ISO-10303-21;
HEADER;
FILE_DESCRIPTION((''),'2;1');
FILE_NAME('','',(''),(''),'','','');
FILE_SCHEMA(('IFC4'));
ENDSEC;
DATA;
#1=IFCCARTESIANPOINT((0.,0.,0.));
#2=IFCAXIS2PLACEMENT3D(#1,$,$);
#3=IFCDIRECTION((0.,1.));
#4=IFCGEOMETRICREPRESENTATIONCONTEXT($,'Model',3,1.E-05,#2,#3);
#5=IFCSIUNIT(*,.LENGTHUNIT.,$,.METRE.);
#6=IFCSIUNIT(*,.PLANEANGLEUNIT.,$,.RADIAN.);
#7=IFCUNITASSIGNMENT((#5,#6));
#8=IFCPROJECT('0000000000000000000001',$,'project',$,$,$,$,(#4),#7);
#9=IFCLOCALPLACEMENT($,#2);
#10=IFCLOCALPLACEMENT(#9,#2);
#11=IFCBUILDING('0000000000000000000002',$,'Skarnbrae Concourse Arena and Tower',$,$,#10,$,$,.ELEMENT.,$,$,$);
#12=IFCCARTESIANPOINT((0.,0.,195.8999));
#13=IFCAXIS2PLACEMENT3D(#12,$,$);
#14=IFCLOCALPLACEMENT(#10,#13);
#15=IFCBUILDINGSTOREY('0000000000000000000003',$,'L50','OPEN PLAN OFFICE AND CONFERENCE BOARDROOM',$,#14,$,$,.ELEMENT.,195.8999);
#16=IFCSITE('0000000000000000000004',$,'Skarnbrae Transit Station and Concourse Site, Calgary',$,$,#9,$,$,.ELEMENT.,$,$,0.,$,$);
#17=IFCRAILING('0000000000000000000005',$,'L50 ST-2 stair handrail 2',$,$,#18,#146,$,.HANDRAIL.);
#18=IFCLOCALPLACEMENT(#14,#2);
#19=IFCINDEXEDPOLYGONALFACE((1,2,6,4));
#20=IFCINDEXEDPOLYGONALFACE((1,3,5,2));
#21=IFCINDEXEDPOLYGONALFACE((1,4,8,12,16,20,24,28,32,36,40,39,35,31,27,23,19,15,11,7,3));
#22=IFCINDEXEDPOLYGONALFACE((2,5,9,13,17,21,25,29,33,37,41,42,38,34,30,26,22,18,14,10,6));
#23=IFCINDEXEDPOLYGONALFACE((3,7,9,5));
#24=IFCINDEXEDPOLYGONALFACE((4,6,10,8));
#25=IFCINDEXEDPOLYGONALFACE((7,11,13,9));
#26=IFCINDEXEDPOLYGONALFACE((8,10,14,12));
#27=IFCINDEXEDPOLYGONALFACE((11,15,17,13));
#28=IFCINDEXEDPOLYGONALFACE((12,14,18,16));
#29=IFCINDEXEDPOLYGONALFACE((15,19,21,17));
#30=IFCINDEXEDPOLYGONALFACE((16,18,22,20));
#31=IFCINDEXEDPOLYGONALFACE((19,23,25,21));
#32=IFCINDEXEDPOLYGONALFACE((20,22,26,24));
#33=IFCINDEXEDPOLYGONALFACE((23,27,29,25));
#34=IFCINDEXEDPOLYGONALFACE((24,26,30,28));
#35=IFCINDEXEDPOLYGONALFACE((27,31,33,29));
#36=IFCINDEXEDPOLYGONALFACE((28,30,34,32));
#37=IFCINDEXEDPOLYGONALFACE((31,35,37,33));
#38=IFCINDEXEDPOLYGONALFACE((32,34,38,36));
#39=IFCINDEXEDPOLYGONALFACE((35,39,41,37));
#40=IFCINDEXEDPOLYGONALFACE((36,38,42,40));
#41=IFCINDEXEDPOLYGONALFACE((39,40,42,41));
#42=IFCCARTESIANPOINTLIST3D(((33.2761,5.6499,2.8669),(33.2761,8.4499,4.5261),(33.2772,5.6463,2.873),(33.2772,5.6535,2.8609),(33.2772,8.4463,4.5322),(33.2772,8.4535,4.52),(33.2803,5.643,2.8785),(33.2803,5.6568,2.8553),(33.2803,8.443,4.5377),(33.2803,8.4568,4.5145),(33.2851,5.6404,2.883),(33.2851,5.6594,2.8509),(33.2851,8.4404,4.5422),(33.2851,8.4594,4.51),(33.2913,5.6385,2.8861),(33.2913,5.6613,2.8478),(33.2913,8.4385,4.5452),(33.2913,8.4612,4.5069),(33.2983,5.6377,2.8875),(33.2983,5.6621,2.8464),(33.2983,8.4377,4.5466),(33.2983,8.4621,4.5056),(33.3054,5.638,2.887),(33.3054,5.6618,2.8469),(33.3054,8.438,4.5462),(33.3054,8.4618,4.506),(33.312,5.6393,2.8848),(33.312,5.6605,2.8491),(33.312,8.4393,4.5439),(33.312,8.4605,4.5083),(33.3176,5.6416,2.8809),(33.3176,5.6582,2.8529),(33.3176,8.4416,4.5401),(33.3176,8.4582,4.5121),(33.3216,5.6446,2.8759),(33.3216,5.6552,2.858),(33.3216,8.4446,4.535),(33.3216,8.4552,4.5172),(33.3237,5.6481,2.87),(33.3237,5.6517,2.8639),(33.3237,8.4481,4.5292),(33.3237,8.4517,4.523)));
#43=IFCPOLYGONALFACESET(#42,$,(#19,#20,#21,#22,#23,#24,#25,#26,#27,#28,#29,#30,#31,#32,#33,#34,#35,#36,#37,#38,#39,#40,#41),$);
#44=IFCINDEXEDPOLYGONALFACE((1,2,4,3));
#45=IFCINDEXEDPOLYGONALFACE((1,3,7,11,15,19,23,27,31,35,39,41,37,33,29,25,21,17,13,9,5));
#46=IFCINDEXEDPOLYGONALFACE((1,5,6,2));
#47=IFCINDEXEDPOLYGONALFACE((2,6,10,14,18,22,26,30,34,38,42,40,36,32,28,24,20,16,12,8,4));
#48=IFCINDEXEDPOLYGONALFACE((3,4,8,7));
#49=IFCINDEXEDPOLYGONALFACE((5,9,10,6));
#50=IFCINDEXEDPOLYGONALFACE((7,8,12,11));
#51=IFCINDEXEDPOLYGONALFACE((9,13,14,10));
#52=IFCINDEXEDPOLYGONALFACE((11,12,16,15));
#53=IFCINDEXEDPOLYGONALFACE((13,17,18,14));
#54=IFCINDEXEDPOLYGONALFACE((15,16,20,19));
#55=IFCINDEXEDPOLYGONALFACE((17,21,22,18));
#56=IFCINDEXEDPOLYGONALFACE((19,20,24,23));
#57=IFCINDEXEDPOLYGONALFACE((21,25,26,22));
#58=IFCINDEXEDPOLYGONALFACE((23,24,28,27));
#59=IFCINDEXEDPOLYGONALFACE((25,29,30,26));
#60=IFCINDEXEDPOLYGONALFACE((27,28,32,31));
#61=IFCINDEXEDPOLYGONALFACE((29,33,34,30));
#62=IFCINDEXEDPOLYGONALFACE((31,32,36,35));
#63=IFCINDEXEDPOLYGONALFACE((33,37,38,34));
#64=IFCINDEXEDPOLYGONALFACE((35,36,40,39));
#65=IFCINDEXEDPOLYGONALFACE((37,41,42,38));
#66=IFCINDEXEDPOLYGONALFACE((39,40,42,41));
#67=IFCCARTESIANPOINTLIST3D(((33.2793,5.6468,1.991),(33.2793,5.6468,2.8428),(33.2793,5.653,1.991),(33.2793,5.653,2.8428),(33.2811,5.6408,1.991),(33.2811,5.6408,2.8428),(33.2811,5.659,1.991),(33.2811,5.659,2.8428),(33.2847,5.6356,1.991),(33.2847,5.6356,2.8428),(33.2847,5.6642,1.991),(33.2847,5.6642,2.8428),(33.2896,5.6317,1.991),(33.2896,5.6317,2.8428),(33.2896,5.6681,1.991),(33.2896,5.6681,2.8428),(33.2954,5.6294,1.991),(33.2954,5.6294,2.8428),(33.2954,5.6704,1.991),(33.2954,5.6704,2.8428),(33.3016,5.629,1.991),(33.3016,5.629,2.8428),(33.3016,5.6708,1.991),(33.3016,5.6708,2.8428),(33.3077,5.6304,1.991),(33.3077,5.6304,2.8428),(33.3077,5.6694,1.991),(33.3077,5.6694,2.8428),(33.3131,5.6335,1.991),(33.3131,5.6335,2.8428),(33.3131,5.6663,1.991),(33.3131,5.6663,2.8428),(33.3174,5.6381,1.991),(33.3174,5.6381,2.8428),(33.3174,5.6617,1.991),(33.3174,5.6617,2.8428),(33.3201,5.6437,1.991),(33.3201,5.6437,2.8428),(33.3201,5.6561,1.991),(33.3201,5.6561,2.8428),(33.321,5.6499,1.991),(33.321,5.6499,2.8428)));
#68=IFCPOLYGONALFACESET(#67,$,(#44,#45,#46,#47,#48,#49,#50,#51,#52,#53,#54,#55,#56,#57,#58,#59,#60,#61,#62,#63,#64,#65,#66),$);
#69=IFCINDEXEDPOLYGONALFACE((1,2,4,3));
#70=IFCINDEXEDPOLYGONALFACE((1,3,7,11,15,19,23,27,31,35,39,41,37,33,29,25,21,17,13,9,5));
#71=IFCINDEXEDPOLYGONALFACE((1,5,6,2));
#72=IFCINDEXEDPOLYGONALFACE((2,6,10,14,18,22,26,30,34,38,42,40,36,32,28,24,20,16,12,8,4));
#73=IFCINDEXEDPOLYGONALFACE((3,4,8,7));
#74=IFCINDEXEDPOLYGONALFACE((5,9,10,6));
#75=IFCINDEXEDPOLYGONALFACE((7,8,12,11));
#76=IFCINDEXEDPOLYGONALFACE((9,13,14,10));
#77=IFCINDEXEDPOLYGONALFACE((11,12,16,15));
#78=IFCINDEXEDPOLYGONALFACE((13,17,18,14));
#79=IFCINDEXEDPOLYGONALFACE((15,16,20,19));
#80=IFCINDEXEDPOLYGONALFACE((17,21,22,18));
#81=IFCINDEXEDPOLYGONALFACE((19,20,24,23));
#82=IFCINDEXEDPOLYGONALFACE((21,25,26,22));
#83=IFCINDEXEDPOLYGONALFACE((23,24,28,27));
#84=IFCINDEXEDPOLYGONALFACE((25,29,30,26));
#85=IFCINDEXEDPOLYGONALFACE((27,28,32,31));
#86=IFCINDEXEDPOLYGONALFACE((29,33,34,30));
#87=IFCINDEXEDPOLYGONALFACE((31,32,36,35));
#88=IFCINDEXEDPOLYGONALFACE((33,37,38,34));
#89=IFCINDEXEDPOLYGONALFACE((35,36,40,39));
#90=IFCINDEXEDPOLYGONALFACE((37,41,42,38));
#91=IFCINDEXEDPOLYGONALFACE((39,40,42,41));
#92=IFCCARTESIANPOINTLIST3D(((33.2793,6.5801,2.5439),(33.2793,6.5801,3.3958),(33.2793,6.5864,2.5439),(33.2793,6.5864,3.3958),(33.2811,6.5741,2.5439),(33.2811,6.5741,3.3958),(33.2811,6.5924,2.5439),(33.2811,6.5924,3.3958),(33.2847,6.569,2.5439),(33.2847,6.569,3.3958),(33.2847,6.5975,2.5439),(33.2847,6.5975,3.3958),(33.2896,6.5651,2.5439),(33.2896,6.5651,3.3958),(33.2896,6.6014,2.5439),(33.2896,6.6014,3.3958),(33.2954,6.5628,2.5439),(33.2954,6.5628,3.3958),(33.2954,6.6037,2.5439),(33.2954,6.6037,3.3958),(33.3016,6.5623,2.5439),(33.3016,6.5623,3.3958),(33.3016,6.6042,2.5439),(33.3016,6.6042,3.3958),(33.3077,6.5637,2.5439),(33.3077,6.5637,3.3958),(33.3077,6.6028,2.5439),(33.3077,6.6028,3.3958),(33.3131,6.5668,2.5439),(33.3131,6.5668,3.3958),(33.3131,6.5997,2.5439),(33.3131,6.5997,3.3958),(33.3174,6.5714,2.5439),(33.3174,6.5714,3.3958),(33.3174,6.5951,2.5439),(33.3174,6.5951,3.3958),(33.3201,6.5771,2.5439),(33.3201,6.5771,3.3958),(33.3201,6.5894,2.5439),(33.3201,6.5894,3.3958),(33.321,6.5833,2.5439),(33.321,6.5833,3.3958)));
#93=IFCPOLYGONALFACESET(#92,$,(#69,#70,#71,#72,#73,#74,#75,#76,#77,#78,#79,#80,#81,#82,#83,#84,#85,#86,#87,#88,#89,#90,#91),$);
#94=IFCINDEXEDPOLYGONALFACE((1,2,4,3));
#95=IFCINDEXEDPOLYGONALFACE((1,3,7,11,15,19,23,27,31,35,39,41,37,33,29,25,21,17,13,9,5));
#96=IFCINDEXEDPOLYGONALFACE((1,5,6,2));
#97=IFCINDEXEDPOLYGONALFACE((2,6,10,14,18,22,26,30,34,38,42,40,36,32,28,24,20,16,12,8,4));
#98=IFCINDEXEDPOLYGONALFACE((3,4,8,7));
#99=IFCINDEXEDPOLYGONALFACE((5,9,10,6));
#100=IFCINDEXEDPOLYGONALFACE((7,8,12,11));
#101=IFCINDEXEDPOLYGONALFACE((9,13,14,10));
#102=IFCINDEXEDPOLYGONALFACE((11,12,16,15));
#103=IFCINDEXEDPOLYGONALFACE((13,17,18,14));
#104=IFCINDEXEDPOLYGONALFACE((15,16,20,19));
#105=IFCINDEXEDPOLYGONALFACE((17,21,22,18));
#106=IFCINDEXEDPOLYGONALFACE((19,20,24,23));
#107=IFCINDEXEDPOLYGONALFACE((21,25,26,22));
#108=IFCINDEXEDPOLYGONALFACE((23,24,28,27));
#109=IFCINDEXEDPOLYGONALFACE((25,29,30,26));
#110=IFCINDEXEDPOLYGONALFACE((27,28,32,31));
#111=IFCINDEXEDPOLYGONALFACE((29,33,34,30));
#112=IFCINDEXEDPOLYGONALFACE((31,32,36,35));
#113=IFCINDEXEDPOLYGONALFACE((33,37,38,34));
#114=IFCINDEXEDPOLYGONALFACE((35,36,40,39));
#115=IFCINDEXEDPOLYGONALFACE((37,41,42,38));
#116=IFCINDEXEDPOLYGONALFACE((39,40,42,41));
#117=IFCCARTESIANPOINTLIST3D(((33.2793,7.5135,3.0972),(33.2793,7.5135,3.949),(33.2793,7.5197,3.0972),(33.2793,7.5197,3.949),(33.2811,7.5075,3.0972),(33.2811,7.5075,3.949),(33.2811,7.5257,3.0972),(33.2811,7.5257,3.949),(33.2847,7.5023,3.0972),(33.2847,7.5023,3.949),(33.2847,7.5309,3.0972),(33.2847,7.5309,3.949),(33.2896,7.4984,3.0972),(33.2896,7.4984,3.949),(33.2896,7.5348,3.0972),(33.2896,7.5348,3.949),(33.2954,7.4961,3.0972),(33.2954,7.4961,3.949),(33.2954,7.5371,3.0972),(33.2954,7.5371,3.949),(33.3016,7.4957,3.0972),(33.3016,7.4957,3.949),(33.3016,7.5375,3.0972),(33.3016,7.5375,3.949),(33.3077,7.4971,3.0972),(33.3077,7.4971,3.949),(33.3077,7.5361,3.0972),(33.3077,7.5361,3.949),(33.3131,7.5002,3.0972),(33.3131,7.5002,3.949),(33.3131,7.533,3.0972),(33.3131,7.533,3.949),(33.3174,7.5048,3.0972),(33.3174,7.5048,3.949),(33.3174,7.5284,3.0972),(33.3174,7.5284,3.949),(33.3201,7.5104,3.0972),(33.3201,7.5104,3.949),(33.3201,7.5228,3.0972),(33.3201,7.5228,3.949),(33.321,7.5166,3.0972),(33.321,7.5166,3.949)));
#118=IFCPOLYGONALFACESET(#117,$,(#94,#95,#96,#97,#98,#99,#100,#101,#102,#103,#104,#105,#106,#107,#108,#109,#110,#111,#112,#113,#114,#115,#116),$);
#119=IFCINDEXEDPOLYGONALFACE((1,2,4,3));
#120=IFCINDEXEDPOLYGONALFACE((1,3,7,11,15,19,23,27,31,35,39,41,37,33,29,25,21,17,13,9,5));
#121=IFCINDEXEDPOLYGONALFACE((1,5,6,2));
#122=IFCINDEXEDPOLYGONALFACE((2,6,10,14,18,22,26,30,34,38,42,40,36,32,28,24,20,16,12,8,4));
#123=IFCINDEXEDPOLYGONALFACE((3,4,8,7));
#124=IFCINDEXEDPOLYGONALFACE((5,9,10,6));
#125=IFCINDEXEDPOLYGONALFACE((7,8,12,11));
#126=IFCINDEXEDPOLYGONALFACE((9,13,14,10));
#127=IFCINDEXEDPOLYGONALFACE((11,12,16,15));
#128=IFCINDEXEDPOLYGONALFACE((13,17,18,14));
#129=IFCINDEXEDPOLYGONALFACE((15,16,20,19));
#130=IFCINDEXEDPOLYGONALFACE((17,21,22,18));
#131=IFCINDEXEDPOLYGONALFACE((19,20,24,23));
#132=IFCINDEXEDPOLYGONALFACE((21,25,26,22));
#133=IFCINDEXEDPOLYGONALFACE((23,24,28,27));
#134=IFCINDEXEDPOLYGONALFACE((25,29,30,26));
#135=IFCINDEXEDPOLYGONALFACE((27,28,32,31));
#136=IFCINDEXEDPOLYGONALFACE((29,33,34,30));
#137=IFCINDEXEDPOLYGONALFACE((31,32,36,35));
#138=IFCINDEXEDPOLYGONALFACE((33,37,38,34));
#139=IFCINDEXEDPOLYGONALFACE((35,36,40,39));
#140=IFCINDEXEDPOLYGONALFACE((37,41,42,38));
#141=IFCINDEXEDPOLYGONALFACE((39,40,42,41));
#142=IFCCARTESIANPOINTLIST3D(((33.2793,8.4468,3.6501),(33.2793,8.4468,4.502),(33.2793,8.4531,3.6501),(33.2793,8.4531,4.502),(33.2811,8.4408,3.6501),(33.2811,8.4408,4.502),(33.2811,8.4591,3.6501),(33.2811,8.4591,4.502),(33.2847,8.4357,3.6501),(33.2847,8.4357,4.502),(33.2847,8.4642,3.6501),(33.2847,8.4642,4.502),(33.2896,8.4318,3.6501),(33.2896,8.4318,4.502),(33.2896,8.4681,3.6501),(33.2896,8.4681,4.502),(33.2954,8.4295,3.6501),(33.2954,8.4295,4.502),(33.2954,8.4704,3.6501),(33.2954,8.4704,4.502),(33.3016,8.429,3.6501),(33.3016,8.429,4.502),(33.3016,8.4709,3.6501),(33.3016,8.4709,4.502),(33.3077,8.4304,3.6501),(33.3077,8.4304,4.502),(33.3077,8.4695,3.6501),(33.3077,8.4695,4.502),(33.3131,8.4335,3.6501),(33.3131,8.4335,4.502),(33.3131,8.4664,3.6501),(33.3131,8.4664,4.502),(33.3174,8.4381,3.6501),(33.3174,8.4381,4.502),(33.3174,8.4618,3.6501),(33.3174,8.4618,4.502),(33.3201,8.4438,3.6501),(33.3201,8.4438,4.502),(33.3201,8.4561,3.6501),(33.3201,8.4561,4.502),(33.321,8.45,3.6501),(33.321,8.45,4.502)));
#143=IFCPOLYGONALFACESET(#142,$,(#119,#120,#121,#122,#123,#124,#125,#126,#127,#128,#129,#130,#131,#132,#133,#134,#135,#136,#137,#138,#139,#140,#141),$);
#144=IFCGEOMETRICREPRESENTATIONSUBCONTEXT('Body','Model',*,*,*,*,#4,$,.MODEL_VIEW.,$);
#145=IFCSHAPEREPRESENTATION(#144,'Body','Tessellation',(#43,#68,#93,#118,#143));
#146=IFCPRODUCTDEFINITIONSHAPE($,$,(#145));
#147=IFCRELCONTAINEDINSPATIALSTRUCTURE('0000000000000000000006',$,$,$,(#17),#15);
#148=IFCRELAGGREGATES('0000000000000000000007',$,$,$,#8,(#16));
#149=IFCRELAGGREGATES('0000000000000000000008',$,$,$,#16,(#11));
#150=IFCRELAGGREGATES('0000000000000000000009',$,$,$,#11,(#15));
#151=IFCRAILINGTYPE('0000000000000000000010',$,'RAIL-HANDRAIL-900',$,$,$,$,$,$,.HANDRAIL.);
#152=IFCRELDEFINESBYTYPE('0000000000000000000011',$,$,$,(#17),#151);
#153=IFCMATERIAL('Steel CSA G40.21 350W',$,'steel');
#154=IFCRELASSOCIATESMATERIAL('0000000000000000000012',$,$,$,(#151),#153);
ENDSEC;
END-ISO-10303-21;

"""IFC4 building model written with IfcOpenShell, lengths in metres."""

from ifc_helpers import new_model, si_unit, direction, frame, origin, origin_2d, place, context, subcontext, project, spatial, circle, extrude, material, type_object, element, save


model = new_model("IFC4")

# Units and contexts
model_context = context("Model", 3, precision=1e-05, world=origin(), true_north=direction((0.0, 1.0)))
body_context = subcontext(model_context, "Body", "Model", "MODEL_VIEW")
ifc_project = project(units=[si_unit("LENGTHUNIT", "METRE"), si_unit("PLANEANGLEUNIT", "RADIAN")], contexts=[model_context])

# Site, building, storey
site_placement = place(None, origin())
site = spatial("IfcSite", under=ifc_project, at=site_placement, Name="Skarnbrae Transit Station and Concourse Site, Calgary", CompositionType="ELEMENT", RefElevation=0.0)
building_placement = place(site_placement, origin())
building = spatial("IfcBuilding", under=site, at=building_placement, Name="Skarnbrae Concourse Arena and Tower", CompositionType="ELEMENT")
storey_placement = place(building_placement, frame((0.0, 0.0, 195.8999)))
storey = spatial("IfcBuildingStorey", under=building, at=storey_placement, Name="L50", Description="OPEN PLAN OFFICE AND CONFERENCE BOARDROOM", CompositionType="ELEMENT", Elevation=195.8999)

# Shared definitions
ifc_material_1 = material(Name="Steel CSA G40.21 350W", Category="steel")

# Railing
railing_type_1 = type_object("IfcRailingType", Name="RAIL-HANDRAIL-900", PredefinedType="HANDRAIL", material=ifc_material_1)
railing_1_placement = place(storey_placement, frame((33.3, 5.6499, 1.991)))
element("IfcRailing", 1, at=railing_1_placement, inside=storey, type_object=railing_type_1, Name="L50 ST-2 stair handrail 2", PredefinedType="HANDRAIL", context=body_context, shape_type="SweptSolid", body=[
    extrude(circle(Radius=0.0239, at=origin_2d()), frame((0.0, 0.0, 0.876), z_axis=(0.0, 0.860306, 0.509778), x_axis=(-1.0, 0.0, 0.0)), (0.0, 0.0, 1.0), 3.2546),
    extrude(circle(Radius=0.021, at=origin_2d()), origin(), (0.0, 0.0, 1.0), 0.8518),
    extrude(circle(Radius=0.021, at=origin_2d()), frame((0.0, 0.9333, 0.553)), (0.0, 0.0, 1.0), 0.8518),
    extrude(circle(Radius=0.021, at=origin_2d()), frame((0.0, 1.8667, 1.1062)), (0.0, 0.0, 1.0), 0.8518),
    extrude(circle(Radius=0.021, at=origin_2d()), frame((0.0, 2.8, 1.6592)), (0.0, 0.0, 1.0), 0.8518),
])

save(model, "model.ifc")
